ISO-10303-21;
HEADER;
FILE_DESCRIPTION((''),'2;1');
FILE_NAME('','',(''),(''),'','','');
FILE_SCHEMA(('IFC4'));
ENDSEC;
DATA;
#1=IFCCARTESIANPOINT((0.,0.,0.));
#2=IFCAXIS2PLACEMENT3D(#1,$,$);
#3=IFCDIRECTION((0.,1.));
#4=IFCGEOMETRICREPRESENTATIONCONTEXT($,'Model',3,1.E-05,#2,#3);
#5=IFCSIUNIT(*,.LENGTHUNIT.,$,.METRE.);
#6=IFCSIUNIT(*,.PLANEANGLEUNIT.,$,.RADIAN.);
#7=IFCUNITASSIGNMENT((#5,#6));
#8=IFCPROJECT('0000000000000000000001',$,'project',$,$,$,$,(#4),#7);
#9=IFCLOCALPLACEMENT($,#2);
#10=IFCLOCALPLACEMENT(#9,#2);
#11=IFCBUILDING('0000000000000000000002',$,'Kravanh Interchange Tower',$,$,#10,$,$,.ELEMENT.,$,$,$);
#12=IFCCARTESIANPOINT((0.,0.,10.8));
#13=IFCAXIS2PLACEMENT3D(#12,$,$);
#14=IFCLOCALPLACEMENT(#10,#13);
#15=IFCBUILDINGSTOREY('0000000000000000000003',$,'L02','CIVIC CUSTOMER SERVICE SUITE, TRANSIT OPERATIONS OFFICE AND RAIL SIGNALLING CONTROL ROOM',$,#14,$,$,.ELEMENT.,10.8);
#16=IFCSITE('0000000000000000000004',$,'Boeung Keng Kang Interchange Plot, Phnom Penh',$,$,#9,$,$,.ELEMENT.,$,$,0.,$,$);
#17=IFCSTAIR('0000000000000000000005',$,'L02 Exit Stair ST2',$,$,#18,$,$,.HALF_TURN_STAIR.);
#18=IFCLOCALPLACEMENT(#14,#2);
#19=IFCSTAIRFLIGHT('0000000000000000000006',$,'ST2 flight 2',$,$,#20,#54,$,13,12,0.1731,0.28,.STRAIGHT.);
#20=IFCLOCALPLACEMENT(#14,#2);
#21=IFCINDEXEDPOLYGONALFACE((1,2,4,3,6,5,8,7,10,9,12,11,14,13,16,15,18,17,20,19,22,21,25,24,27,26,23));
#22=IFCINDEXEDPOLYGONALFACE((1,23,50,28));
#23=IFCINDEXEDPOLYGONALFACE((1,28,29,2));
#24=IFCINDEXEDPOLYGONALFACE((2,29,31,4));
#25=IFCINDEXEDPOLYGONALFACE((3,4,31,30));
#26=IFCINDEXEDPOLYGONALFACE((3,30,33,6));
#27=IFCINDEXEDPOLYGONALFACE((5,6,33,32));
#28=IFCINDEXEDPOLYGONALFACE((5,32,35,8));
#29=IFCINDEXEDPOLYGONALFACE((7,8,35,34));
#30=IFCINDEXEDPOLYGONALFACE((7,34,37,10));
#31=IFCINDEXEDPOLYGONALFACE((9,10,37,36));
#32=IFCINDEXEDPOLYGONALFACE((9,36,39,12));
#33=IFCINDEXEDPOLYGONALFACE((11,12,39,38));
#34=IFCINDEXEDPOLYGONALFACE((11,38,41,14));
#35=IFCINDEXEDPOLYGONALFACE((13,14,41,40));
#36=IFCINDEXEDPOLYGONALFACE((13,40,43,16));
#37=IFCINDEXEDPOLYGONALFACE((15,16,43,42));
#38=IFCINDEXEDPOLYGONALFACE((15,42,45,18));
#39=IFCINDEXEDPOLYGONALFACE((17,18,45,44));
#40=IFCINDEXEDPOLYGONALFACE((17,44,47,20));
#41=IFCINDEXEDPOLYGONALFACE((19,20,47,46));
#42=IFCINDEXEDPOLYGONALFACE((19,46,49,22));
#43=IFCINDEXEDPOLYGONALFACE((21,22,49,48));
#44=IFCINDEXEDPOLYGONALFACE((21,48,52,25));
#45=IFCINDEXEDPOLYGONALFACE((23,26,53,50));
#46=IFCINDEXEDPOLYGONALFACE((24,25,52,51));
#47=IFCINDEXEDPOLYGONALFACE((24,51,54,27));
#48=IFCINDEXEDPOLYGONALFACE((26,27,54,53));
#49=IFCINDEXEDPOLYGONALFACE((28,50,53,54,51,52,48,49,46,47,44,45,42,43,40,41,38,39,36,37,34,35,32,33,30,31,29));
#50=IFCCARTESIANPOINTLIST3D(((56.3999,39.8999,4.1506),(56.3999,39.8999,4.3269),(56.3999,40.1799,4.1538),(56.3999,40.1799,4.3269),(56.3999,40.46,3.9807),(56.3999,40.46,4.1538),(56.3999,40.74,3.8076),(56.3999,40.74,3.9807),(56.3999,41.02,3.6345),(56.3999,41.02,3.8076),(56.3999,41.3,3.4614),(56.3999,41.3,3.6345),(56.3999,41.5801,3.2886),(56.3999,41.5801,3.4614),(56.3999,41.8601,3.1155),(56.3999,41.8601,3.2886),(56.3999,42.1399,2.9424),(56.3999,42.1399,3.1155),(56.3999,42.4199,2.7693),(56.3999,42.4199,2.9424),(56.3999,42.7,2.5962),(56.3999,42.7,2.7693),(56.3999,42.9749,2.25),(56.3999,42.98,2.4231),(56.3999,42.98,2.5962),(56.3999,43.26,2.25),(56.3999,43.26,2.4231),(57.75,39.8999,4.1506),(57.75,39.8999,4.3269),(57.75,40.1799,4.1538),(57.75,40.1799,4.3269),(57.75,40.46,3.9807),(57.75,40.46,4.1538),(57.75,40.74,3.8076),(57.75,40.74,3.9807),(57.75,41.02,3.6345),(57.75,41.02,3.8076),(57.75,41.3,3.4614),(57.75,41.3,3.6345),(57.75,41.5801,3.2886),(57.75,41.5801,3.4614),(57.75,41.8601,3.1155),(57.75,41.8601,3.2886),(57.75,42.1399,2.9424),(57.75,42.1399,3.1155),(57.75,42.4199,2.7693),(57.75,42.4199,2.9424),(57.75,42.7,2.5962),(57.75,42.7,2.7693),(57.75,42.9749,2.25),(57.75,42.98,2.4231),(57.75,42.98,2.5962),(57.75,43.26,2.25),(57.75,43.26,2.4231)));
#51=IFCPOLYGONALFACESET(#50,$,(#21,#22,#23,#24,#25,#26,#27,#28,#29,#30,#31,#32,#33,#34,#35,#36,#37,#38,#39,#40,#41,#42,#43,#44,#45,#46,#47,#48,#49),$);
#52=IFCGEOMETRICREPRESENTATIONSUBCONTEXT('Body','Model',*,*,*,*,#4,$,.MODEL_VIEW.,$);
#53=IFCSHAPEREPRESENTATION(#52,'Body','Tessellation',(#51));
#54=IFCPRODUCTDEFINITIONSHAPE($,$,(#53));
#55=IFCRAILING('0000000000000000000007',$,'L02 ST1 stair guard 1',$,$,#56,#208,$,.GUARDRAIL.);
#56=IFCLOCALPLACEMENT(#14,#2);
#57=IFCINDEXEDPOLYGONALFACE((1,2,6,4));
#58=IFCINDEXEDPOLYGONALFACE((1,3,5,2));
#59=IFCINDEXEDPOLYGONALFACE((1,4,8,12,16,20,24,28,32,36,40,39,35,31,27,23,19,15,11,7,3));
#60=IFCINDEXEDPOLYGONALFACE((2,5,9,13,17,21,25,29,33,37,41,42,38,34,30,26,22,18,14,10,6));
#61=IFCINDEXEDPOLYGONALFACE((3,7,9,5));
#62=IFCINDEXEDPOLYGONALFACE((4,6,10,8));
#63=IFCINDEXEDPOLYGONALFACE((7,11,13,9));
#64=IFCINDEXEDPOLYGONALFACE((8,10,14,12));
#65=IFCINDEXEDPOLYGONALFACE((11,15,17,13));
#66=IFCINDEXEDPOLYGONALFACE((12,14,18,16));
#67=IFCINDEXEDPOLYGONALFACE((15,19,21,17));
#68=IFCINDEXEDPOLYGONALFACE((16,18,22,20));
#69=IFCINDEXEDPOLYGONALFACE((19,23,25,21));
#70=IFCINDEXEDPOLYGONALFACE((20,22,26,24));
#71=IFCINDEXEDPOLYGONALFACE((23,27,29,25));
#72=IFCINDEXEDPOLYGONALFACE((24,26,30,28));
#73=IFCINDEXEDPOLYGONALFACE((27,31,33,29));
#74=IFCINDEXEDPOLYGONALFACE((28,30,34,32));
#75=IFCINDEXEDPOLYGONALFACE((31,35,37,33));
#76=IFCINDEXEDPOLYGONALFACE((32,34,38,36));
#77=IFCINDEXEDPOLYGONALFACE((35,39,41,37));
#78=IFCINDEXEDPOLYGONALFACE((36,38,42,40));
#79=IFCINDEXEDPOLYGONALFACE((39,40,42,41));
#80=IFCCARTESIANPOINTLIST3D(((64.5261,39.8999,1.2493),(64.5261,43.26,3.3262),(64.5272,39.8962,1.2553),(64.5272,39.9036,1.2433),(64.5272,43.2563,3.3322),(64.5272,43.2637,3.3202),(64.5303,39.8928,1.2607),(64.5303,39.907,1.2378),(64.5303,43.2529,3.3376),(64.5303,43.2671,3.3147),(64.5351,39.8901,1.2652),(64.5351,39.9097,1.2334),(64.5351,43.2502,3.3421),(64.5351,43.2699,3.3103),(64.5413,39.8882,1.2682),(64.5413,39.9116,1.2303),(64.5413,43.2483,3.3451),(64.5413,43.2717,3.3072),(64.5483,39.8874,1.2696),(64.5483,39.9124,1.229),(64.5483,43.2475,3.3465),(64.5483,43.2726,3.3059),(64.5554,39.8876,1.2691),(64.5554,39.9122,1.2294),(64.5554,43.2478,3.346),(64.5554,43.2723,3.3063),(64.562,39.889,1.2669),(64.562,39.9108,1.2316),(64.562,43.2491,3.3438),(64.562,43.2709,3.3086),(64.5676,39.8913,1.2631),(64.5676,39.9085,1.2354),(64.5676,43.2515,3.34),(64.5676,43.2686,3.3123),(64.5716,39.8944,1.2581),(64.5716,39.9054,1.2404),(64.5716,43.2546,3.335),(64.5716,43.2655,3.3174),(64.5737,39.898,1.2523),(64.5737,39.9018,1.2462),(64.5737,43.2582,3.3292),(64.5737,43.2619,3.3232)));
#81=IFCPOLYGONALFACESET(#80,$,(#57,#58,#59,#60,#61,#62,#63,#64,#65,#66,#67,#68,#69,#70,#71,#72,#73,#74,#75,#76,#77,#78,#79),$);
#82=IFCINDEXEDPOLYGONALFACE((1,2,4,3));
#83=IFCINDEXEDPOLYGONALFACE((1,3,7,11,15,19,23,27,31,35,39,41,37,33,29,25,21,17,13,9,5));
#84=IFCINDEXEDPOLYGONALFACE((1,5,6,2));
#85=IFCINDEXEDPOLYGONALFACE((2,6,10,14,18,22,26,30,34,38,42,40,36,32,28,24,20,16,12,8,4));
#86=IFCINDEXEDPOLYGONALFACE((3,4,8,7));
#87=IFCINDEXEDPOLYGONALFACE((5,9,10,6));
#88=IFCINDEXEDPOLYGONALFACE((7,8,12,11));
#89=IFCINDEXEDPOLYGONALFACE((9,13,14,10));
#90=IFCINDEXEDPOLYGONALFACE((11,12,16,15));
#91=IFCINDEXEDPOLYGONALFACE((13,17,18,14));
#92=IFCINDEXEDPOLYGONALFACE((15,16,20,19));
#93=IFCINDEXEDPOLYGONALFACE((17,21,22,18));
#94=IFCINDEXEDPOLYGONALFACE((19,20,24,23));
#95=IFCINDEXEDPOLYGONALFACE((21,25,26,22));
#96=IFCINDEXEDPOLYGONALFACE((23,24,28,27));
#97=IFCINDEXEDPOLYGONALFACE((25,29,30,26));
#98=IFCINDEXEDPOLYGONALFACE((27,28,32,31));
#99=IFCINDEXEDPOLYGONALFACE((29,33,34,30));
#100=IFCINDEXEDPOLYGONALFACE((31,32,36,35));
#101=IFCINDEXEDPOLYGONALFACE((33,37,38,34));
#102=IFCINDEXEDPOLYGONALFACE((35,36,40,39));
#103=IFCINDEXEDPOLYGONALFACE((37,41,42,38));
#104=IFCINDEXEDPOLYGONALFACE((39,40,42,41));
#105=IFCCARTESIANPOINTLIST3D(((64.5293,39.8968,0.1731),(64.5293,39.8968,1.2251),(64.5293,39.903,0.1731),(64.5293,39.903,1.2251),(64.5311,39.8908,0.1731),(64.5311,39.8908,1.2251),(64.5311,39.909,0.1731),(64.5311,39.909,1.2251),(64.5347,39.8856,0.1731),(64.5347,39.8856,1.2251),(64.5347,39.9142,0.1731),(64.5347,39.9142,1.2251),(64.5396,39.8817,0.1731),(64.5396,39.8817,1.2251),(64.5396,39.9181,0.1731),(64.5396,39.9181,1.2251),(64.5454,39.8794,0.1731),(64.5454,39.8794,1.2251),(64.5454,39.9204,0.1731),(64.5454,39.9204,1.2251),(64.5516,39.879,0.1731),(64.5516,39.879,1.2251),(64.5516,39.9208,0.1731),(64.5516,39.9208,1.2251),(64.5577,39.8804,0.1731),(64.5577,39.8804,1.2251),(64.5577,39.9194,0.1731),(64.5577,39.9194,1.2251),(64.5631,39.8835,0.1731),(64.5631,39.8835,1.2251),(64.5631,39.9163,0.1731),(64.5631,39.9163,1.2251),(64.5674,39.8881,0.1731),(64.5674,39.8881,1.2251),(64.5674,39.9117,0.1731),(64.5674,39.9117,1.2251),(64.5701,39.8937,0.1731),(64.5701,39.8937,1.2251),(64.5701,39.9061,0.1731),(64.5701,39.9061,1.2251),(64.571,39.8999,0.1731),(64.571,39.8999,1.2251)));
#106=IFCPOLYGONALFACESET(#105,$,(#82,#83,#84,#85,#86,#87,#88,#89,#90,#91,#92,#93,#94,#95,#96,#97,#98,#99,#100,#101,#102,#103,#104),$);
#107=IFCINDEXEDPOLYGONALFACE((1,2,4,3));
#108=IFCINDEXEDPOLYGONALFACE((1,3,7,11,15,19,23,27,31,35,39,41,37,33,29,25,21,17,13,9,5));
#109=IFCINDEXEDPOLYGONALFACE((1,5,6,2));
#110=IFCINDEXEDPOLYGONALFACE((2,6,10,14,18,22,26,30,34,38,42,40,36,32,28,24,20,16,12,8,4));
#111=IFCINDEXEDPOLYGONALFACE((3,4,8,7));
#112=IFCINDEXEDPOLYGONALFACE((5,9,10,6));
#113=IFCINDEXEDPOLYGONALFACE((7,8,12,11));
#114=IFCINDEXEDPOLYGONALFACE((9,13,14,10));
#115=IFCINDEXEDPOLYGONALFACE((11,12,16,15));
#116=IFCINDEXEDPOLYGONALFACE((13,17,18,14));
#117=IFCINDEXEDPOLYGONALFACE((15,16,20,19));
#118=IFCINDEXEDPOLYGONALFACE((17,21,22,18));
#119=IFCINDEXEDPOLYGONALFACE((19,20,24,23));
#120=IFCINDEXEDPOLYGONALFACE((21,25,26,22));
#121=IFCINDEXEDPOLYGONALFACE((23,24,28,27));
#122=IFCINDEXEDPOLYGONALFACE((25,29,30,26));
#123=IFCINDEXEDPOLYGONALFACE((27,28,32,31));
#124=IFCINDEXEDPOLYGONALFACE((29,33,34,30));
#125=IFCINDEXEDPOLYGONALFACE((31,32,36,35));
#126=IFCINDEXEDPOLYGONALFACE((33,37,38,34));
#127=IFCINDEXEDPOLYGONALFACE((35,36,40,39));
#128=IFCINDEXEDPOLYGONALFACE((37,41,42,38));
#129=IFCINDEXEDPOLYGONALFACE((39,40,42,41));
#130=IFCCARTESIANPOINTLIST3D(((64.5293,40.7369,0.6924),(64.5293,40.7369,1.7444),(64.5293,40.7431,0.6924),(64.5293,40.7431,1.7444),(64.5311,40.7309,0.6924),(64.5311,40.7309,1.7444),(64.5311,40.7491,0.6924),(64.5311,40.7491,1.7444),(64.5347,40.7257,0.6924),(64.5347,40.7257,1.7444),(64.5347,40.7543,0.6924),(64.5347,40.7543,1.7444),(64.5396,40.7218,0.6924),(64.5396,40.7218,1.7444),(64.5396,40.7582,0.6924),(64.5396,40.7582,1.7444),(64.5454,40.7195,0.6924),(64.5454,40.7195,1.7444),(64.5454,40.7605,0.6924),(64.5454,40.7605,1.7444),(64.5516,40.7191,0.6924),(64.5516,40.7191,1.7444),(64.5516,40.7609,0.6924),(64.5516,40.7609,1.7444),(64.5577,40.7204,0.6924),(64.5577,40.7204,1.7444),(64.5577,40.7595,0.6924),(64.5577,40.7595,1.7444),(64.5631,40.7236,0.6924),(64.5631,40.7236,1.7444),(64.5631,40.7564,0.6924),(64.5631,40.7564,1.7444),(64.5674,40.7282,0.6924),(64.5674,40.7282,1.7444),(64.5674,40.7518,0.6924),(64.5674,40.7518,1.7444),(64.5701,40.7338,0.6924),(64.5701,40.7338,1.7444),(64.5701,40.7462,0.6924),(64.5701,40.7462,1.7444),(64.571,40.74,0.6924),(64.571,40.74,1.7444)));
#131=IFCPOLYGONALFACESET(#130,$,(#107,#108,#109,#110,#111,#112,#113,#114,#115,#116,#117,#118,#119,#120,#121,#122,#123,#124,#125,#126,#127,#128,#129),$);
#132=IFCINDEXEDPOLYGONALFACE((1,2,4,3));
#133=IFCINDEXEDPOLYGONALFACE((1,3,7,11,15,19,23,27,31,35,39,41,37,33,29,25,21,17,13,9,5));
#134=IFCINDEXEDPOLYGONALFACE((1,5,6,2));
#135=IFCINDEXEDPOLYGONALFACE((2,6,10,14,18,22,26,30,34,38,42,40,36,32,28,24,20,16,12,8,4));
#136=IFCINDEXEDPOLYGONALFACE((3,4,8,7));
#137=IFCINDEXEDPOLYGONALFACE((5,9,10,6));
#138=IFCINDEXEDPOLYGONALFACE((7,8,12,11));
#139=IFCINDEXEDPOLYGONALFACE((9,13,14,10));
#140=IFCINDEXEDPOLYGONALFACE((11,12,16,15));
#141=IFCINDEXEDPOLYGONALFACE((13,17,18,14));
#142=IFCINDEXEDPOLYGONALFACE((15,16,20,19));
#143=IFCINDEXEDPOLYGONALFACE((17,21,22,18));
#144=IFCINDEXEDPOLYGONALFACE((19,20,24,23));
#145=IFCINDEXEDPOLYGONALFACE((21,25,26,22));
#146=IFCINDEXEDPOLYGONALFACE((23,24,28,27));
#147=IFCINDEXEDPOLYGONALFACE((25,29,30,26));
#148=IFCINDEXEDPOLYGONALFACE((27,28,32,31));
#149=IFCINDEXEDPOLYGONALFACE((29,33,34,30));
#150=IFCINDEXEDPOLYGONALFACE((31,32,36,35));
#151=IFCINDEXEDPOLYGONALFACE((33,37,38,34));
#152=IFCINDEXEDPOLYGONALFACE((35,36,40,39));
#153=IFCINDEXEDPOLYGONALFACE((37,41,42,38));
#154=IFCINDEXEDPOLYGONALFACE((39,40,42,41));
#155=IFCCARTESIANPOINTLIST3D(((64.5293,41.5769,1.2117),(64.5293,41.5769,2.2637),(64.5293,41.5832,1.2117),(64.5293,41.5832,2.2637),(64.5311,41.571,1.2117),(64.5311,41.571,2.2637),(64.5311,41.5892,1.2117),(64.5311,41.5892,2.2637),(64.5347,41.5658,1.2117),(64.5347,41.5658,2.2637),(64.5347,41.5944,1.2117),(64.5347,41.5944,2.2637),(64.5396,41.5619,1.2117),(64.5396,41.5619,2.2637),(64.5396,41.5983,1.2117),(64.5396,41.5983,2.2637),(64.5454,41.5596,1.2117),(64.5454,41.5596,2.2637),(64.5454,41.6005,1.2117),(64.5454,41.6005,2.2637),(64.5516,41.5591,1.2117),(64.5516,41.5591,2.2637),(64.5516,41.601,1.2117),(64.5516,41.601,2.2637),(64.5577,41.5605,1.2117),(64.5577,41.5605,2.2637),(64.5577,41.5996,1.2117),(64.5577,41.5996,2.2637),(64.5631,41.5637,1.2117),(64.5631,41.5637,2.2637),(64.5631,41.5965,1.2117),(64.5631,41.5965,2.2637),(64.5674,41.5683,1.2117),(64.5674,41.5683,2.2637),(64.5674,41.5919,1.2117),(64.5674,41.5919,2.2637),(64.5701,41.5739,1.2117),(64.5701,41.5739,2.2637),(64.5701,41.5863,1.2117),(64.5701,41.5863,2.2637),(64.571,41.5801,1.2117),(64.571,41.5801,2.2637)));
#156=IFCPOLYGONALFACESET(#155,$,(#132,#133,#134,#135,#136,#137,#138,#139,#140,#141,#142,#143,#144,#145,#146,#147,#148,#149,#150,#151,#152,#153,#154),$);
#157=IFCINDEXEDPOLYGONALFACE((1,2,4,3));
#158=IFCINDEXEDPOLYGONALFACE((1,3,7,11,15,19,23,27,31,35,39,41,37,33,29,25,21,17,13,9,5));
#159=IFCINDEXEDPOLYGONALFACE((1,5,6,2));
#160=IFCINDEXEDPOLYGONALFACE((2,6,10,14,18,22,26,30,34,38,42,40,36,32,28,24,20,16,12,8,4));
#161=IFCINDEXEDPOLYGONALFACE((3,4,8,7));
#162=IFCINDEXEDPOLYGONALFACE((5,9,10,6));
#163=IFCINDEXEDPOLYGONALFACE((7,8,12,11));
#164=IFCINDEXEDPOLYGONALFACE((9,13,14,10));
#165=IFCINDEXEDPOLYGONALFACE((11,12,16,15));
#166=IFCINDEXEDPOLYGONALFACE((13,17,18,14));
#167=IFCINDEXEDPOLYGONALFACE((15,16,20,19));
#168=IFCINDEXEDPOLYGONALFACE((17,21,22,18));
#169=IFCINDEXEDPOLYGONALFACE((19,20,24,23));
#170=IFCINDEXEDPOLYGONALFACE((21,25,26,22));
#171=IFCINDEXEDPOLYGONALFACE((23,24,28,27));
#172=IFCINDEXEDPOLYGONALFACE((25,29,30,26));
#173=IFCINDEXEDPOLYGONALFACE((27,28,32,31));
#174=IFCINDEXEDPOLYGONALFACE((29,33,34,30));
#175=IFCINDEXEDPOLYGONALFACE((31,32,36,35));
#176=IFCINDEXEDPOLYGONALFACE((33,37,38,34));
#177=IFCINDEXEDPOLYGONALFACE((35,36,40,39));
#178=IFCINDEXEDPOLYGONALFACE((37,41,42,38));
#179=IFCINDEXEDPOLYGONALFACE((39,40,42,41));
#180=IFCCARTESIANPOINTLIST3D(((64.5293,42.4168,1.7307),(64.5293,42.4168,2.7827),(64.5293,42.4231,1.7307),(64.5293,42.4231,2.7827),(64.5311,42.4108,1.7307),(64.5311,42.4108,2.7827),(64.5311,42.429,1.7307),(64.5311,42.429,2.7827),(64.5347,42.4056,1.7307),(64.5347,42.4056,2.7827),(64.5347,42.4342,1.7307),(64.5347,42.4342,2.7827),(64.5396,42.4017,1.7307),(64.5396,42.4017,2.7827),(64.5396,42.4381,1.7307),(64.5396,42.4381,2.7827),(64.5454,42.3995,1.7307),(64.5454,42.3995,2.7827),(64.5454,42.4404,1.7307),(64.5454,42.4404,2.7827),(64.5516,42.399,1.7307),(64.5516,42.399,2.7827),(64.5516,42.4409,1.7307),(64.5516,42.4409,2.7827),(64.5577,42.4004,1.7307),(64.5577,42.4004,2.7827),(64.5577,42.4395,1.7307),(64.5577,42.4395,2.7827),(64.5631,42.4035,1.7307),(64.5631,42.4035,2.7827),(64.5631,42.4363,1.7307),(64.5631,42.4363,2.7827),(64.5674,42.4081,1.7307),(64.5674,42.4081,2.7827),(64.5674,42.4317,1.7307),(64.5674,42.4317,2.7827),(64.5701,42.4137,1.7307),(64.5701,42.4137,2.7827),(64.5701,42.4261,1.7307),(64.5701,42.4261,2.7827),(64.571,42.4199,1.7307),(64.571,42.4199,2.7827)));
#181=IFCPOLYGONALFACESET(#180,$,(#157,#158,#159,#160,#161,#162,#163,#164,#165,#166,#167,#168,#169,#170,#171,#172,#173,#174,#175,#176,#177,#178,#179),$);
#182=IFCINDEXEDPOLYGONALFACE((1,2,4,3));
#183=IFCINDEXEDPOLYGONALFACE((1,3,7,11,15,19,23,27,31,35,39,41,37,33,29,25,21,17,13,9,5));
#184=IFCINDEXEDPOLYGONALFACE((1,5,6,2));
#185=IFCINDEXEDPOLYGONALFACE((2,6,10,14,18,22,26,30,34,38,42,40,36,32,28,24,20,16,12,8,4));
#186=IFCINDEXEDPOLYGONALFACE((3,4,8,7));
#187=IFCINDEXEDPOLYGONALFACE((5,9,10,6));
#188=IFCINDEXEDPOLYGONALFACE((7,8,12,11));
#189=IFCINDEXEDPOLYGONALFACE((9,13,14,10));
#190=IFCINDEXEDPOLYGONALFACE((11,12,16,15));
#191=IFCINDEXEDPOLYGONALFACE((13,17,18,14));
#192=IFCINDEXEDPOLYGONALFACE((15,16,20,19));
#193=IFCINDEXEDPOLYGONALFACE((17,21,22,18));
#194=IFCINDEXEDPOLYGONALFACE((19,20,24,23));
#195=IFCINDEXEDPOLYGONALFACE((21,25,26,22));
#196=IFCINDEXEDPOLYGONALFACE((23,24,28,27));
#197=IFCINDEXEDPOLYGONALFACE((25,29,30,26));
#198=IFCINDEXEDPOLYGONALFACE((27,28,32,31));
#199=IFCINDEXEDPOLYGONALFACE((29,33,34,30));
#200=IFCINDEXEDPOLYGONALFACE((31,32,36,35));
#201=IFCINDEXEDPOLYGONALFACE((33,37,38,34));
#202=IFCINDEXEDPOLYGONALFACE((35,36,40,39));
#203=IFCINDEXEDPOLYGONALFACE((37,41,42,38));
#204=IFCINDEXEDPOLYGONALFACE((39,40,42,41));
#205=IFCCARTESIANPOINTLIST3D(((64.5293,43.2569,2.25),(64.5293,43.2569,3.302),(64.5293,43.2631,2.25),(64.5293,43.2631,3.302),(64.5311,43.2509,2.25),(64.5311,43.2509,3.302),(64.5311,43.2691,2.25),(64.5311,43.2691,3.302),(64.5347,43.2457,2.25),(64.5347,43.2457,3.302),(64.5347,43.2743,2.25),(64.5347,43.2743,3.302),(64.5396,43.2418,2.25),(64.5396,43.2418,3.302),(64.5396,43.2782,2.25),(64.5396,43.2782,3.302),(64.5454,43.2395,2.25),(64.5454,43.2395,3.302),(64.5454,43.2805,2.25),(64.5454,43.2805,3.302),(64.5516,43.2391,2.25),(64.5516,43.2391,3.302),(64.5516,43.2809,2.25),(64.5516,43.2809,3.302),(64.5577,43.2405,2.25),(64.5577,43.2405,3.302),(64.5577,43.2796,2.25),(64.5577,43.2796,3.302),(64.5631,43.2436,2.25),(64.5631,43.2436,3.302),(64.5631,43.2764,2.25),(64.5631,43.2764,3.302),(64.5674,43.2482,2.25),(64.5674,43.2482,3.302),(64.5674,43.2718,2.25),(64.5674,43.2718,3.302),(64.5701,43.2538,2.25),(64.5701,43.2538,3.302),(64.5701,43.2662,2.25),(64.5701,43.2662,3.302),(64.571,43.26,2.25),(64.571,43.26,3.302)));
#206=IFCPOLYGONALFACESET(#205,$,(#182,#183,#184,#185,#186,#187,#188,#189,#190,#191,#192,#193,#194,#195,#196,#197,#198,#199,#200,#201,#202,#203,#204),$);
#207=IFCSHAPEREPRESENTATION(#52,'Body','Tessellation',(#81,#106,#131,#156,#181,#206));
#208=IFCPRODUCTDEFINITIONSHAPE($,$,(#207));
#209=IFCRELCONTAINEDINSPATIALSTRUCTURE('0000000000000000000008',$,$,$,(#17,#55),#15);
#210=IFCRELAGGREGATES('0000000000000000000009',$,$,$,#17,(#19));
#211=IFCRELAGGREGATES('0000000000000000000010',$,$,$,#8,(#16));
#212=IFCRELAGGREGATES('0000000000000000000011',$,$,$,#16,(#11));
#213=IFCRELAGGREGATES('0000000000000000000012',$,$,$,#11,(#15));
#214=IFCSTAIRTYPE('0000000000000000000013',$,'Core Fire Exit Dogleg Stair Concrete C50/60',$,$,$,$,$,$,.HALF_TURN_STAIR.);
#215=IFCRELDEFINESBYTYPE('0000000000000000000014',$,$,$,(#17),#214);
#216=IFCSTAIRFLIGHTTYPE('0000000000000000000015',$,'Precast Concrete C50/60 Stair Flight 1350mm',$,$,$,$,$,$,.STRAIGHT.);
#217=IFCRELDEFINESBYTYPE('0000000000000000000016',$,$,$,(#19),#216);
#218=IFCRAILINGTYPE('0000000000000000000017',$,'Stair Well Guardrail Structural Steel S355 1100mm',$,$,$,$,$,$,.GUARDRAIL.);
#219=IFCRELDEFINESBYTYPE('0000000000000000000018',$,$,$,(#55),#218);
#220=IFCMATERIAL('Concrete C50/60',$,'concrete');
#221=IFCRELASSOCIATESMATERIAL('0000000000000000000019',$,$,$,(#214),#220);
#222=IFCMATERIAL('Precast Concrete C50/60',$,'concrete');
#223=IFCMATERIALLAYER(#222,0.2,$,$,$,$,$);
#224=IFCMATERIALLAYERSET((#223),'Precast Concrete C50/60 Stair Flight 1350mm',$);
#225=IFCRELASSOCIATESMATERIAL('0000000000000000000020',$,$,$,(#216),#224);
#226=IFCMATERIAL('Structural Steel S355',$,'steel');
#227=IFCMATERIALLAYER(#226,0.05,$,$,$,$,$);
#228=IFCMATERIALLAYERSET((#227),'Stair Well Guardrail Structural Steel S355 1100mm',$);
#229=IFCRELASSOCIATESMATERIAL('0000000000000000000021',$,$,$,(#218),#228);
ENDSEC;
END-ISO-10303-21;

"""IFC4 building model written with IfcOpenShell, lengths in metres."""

from ifc_helpers import new_model, si_unit, direction, frame, origin, origin_2d, place, context, subcontext, project, spatial, polyline, circle, outline, extrude, material, layer, layer_set, type_object, element, aggregate, save


model = new_model("IFC4")

# Units and contexts
model_context = context("Model", 3, precision=1e-05, world=origin(), true_north=direction((0.0, 1.0)))
body_context = subcontext(model_context, "Body", "Model", "MODEL_VIEW")
ifc_project = project(units=[si_unit("LENGTHUNIT", "METRE"), si_unit("PLANEANGLEUNIT", "RADIAN")], contexts=[model_context])

# Site, building, storey
site_placement = place(None, origin())
site = spatial("IfcSite", under=ifc_project, at=site_placement, Name="Boeung Keng Kang Interchange Plot, Phnom Penh", CompositionType="ELEMENT", RefElevation=0.0)
building_placement = place(site_placement, origin())
building = spatial("IfcBuilding", under=site, at=building_placement, Name="Kravanh Interchange Tower", CompositionType="ELEMENT")
storey_placement = place(building_placement, frame((0.0, 0.0, 10.8)))
storey = spatial("IfcBuildingStorey", under=building, at=storey_placement, Name="L02", Description="CIVIC CUSTOMER SERVICE SUITE, TRANSIT OPERATIONS OFFICE AND RAIL SIGNALLING CONTROL ROOM", CompositionType="ELEMENT", Elevation=10.8)

# Stair, stair flight
ifc_material_1 = material(Name="Concrete C50/60", Category="concrete")
stair_type = type_object("IfcStairType", Name="Core Fire Exit Dogleg Stair Concrete C50/60", PredefinedType="HALF_TURN_STAIR", material=ifc_material_1)
ifc_material_2 = material(Name="Precast Concrete C50/60", Category="concrete")
ifc_layer_1 = layer(ifc_material_2, 0.2)
ifc_layer_set_1 = layer_set([ifc_layer_1], Name="Precast Concrete C50/60 Stair Flight 1350mm")
stair_flight_type = type_object("IfcStairFlightType", Name="Precast Concrete C50/60 Stair Flight 1350mm", PredefinedType="STRAIGHT", material=ifc_layer_set_1)
stair_1_placement = place(storey_placement, origin())
stair_1 = element("IfcStair", 1, at=stair_1_placement, inside=storey, type_object=stair_type, Name="L02 Exit Stair ST2", PredefinedType="HALF_TURN_STAIR")
stair_flight_1_placement = place(storey_placement, frame((57.075, 43.26, 2.25), z_axis=(0.0, 0.0, 1.0), x_axis=(0.0, -1.0, 0.0)))
stair_flight_1 = element("IfcStairFlight", 2, at=stair_flight_1_placement, type_object=stair_flight_type, Name="ST2 flight 2", NumberOfRisers=13, NumberOfTreads=12, PredefinedType="STRAIGHT", RiserHeight=0.1731, TreadLength=0.28, context=body_context, shape_type="SweptSolid", body=[
    extrude(outline(polyline([(0.0, 0.0), (0.0, 0.1731), (0.28, 0.1731), (0.28, 0.3462), (0.5601, 0.3462), (0.5601, 0.5193), (0.8401, 0.5193), (0.8401, 0.6924), (1.1201, 0.6924), (1.1201, 0.8655), (1.3999, 0.8655), (1.3999, 1.0386), (1.6799, 1.0386), (1.6799, 1.2114), (1.96, 1.2114), (1.96, 1.3845), (2.24, 1.3845), (2.24, 1.5576), (2.52, 1.5576), (2.52, 1.7307), (2.8, 1.7307), (2.8, 1.9038), (3.0801, 1.9038), (3.0801, 2.0769), (3.3601, 2.0769), (3.3601, 2.25), (3.3601, 1.9006), (0.2852, 0.0), (0.0, 0.0)])), frame((0.0, 0.675, 0.0), z_axis=(0.0, -1.0, 0.0), x_axis=(1.0, 0.0, 0.0)), (0.0, 0.0, 1.0), 1.3501),
])
aggregate(stair_1, [stair_flight_1])

# Railing
ifc_material_3 = material(Name="Structural Steel S355", Category="steel")
ifc_layer_2 = layer(ifc_material_3, 0.05)
ifc_layer_set_2 = layer_set([ifc_layer_2], Name="Stair Well Guardrail Structural Steel S355 1100mm")
railing_type_1 = type_object("IfcRailingType", Name="Stair Well Guardrail Structural Steel S355 1100mm", PredefinedType="GUARDRAIL", material=ifc_layer_set_2)
railing_1_placement = place(storey_placement, frame((64.55, 39.8999, 0.1731)))
element("IfcRailing", 3, at=railing_1_placement, inside=storey, type_object=railing_type_1, Name="L02 ST1 stair guard 1", PredefinedType="GUARDRAIL", context=body_context, shape_type="SweptSolid", body=[
    extrude(circle(Radius=0.0239, at=origin_2d()), frame((0.0, 0.0, 1.0762), z_axis=(0.0, 0.850623, 0.525776), x_axis=(-1.0, 0.0, 0.0)), (0.0, 0.0, 1.0), 3.9502),
    extrude(circle(Radius=0.021, at=origin_2d()), origin(), (0.0, 0.0, 1.0), 1.052),
    extrude(circle(Radius=0.021, at=origin_2d()), frame((0.0, 0.8401, 0.5193)), (0.0, 0.0, 1.0), 1.052),
    extrude(circle(Radius=0.021, at=origin_2d()), frame((0.0, 1.6802, 1.0386)), (0.0, 0.0, 1.0), 1.052),
    extrude(circle(Radius=0.021, at=origin_2d()), frame((0.0, 2.52, 1.5576)), (0.0, 0.0, 1.0), 1.052),
    extrude(circle(Radius=0.021, at=origin_2d()), frame((0.0, 3.3601, 2.0769)), (0.0, 0.0, 1.0), 1.052),
])

save(model, "model.ifc")
